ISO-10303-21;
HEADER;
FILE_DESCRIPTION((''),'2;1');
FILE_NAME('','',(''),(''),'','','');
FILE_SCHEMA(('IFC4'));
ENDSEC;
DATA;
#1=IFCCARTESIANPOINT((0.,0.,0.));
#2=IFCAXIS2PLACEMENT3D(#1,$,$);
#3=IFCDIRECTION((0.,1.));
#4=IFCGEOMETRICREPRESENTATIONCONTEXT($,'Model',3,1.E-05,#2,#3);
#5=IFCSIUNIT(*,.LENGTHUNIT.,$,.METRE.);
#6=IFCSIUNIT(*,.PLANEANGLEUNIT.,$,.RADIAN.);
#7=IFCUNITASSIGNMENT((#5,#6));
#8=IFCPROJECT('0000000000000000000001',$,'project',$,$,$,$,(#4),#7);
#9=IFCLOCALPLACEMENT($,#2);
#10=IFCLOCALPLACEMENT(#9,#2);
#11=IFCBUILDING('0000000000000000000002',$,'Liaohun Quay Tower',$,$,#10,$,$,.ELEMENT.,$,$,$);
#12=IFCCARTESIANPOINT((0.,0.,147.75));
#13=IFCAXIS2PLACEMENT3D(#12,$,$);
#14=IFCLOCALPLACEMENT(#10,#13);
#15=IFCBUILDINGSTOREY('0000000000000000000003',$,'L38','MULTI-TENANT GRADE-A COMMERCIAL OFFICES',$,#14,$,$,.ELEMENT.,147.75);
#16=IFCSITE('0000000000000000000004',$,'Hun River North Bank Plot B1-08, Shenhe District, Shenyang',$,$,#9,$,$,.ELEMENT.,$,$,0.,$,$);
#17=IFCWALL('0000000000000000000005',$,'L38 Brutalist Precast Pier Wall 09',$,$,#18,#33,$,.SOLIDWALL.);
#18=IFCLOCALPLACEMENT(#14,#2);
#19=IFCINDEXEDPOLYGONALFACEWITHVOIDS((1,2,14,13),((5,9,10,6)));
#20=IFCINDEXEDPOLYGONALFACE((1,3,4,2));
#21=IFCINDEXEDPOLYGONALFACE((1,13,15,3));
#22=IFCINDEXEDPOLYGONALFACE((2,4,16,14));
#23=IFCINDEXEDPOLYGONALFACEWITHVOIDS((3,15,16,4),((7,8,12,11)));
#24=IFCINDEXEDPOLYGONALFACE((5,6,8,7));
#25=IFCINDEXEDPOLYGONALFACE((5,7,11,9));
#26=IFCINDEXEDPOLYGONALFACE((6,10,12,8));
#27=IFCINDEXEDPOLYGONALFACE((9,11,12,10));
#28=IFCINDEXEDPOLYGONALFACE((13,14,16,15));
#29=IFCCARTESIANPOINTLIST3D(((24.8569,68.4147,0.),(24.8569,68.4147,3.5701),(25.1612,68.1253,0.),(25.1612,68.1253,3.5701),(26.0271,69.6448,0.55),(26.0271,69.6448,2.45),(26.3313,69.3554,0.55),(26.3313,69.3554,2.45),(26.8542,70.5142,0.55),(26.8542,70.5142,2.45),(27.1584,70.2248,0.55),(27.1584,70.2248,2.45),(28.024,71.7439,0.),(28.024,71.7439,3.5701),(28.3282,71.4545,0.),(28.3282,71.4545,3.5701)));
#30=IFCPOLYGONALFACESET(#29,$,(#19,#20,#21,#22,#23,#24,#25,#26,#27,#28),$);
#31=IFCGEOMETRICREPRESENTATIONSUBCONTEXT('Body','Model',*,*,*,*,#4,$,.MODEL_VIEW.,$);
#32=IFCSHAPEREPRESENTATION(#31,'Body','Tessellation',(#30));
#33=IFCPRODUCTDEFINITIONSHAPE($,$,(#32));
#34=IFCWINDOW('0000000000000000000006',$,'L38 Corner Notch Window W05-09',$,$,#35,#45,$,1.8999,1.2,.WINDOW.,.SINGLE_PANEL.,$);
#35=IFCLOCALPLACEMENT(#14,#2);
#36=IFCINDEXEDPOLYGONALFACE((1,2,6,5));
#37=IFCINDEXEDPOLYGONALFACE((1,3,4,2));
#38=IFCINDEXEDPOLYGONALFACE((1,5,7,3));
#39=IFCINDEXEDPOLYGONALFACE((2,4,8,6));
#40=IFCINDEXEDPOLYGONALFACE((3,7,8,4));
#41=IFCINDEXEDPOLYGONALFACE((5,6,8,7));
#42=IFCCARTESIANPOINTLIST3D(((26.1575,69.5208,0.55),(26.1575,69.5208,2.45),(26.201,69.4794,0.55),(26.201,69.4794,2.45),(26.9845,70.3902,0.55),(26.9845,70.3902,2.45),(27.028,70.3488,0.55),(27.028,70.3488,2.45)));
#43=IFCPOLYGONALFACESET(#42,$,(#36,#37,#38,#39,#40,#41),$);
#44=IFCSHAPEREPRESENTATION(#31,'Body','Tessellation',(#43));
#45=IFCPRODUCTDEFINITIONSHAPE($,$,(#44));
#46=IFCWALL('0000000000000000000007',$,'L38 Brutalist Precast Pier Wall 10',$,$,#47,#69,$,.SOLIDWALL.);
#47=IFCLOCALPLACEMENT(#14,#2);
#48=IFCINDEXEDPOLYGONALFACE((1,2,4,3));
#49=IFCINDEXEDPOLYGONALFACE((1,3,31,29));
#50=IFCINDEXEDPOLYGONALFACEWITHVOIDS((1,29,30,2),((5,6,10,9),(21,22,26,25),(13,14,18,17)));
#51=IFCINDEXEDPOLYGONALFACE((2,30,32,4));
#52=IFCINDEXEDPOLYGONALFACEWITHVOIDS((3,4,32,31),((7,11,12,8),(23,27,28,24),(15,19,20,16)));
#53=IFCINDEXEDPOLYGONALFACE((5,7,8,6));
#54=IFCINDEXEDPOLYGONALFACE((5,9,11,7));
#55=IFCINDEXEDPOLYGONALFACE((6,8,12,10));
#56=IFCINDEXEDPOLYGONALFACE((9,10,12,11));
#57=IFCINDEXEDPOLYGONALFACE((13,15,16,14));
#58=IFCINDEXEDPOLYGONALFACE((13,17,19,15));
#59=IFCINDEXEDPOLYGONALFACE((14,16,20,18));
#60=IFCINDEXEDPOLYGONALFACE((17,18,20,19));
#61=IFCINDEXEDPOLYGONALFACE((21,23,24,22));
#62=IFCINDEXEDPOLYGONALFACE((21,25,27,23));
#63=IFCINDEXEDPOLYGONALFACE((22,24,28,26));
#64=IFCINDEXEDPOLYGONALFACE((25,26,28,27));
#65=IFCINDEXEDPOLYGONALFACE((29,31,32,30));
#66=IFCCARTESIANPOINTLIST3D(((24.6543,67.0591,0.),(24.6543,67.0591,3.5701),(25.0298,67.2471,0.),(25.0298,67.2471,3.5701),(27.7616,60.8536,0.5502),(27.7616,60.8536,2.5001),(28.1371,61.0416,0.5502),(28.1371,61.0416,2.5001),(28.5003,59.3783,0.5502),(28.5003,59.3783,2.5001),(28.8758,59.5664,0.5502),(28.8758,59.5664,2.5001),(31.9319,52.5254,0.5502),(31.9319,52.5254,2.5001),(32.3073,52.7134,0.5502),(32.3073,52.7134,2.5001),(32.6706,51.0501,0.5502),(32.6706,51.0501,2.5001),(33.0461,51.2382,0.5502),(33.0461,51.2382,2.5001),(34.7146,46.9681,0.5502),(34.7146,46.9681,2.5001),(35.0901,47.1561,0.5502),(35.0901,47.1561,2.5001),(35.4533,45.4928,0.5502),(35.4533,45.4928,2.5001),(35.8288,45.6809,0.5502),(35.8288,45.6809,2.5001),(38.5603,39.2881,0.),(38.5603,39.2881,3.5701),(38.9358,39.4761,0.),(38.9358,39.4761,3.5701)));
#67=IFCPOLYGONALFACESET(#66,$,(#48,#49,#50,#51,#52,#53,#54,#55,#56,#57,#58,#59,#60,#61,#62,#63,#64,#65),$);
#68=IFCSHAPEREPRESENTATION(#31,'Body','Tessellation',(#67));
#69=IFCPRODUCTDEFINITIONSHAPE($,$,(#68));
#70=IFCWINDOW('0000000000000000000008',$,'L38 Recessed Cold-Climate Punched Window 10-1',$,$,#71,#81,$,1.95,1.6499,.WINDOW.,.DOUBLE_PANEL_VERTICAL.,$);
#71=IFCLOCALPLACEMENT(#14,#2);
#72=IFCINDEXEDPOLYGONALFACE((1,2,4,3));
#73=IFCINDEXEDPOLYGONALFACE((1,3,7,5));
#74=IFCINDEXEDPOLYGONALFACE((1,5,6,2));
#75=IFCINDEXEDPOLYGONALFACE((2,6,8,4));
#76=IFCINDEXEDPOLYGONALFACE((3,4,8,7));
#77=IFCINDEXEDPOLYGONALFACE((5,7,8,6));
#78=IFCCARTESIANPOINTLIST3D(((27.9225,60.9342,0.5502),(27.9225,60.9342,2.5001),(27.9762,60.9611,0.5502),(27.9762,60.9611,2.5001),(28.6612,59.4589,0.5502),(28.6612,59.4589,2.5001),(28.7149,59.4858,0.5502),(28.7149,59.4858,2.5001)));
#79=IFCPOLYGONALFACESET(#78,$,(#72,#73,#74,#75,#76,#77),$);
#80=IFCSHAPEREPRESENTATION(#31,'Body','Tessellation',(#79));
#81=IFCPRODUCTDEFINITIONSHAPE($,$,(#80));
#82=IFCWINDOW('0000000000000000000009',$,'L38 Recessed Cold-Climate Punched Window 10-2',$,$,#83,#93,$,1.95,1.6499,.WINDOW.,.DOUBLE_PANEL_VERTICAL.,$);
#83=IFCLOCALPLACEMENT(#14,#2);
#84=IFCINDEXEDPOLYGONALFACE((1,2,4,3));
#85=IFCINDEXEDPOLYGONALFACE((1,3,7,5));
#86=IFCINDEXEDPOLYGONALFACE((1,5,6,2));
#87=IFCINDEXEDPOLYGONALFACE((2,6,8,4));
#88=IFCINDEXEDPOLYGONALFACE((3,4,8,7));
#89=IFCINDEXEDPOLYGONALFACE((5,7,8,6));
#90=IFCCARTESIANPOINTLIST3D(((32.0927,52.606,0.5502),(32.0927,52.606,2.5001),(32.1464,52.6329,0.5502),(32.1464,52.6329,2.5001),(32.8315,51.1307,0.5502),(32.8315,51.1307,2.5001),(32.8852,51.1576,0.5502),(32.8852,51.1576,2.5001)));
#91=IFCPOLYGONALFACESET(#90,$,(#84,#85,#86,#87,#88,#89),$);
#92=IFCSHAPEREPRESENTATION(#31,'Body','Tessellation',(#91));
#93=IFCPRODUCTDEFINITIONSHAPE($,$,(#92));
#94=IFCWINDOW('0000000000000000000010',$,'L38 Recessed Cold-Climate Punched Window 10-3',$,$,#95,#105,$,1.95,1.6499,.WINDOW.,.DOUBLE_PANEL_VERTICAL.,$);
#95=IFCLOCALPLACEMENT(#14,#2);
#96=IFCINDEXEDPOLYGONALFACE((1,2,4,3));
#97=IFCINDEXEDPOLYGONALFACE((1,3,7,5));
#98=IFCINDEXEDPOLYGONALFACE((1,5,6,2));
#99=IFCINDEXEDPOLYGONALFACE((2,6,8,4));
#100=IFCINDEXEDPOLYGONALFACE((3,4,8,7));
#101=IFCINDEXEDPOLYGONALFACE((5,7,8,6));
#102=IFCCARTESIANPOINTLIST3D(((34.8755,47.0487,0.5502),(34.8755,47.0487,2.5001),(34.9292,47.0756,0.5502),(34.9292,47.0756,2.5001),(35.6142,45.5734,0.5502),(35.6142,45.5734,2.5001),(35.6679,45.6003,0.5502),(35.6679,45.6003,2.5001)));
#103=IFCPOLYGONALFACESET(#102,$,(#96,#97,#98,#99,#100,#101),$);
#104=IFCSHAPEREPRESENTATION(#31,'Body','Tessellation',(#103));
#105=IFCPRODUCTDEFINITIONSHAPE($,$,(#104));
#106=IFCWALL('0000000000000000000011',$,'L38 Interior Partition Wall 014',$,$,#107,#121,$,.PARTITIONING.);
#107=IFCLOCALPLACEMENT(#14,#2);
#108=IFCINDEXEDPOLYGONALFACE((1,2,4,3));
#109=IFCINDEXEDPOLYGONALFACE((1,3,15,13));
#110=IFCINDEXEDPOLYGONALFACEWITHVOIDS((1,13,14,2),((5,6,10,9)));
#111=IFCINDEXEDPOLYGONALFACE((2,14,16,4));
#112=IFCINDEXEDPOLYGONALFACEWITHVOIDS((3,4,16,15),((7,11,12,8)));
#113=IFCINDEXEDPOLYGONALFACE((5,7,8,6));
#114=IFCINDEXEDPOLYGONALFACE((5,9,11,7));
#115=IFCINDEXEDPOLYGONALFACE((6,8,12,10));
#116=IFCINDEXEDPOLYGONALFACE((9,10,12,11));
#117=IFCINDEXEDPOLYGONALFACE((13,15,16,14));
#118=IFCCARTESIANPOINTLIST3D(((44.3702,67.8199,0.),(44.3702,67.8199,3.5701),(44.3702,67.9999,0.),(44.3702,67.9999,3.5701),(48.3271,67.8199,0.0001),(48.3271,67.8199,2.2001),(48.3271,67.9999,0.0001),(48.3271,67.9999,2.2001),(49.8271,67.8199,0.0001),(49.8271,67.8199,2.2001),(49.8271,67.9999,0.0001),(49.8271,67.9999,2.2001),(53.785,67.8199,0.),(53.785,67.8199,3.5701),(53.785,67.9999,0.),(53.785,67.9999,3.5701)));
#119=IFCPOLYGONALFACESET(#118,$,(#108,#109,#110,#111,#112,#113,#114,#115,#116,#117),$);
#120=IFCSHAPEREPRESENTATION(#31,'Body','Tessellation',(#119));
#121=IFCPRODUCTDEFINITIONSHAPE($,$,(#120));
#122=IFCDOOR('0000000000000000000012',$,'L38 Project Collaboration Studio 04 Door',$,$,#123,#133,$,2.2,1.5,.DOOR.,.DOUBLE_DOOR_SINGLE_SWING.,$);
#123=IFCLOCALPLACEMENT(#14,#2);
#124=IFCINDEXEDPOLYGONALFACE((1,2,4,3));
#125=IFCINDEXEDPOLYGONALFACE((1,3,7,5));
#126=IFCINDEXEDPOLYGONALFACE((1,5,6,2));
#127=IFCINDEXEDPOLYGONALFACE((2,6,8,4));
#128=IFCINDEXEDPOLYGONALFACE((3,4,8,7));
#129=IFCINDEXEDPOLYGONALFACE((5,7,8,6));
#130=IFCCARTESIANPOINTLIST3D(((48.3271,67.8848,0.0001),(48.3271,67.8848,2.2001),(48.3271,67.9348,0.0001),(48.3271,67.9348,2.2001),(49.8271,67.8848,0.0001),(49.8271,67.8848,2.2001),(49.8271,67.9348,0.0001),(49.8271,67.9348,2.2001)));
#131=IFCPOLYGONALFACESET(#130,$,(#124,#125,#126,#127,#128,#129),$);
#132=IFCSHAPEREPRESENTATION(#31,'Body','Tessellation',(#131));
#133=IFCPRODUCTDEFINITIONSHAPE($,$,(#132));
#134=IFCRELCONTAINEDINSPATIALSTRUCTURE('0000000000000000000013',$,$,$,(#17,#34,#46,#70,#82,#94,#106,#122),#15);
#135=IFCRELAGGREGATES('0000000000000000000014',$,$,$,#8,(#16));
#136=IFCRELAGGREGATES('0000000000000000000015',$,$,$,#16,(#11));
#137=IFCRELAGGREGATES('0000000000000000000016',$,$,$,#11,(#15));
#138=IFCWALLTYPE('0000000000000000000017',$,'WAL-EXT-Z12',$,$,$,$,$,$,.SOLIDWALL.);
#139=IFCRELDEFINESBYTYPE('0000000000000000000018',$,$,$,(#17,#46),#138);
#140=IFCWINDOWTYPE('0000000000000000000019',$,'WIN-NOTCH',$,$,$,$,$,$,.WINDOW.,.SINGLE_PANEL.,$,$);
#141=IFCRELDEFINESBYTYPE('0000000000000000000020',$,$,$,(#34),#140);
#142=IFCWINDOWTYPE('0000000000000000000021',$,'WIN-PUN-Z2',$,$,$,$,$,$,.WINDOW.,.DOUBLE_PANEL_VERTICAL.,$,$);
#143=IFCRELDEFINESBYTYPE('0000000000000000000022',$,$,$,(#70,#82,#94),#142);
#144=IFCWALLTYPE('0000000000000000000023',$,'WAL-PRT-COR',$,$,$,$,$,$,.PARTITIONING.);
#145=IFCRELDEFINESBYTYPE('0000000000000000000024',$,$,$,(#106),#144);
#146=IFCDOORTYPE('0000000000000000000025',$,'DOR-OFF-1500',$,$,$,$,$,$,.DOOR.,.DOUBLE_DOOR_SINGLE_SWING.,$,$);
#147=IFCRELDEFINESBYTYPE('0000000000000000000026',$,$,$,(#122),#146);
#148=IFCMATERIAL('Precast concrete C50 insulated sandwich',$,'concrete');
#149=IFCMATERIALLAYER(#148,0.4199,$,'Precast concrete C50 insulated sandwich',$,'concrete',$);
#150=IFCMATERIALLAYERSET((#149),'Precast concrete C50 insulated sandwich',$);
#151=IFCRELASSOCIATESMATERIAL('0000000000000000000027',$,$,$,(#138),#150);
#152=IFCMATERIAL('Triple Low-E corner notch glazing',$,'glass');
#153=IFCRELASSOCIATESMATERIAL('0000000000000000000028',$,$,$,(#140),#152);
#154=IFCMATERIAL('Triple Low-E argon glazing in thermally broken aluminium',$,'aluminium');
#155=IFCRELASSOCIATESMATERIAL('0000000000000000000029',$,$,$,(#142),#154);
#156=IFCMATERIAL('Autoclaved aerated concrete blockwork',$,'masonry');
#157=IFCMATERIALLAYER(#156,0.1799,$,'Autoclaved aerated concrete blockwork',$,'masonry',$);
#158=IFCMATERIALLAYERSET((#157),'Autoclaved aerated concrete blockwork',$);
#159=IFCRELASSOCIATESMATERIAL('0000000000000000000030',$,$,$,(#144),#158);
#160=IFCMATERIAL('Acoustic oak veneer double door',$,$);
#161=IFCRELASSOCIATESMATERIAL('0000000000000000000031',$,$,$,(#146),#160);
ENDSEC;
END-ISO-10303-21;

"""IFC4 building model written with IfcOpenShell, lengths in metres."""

from ifc_helpers import new_model, si_unit, direction, frame, frame_2d, origin, place, context, subcontext, project, spatial, rectangle, extrude, source, transform, mapped, material, layer, layer_set, type_object, element, fill, save


model = new_model("IFC4")

# Units and contexts
model_context = context("Model", 3, precision=1e-05, world=origin(), true_north=direction((0.0, 1.0)))
body_context = subcontext(model_context, "Body", "Model", "MODEL_VIEW")
ifc_project = project(units=[si_unit("LENGTHUNIT", "METRE"), si_unit("PLANEANGLEUNIT", "RADIAN")], contexts=[model_context])

# Site, building, storey
site_placement = place(None, origin())
site = spatial("IfcSite", under=ifc_project, at=site_placement, Name="Hun River North Bank Plot B1-08, Shenhe District, Shenyang", CompositionType="ELEMENT", RefElevation=0.0)
building_placement = place(site_placement, origin())
building = spatial("IfcBuilding", under=site, at=building_placement, Name="Liaohun Quay Tower", CompositionType="ELEMENT")
storey_placement = place(building_placement, frame((0.0, 0.0, 147.75)))
storey = spatial("IfcBuildingStorey", under=building, at=storey_placement, Name="L38", Description="MULTI-TENANT GRADE-A COMMERCIAL OFFICES", CompositionType="ELEMENT", Elevation=147.75)

# Wall, opening, window
ifc_material_1 = material(Name="Precast concrete C50 insulated sandwich", Category="concrete")
ifc_layer_1 = layer(ifc_material_1, 0.4199, Name="Precast concrete C50 insulated sandwich", Category="concrete")
ifc_layer_set_1 = layer_set([ifc_layer_1], Name="Precast concrete C50 insulated sandwich")
wall_type_1 = type_object("IfcWallType", Name="WAL-EXT-Z12", PredefinedType="SOLIDWALL", material=ifc_layer_set_1)
shared_shape_1 = source(origin(), body_context, "Body", "SweptSolid", [
    extrude(rectangle(XDim=1.2, YDim=1.8999, at=frame_2d((0.6001, 0.95))), frame((0.0, 0.22, 0.0), z_axis=(0.0, -1.0, 0.0), x_axis=(1.0, 0.0, 0.0)), (0.0, 0.0, 1.0), 0.4399),
])
ifc_material_2 = material(Name="Triple Low-E corner notch glazing", Category="glass")
window_type_1 = type_object("IfcWindowType", Name="WIN-NOTCH", PartitioningType="SINGLE_PANEL", PredefinedType="WINDOW", material=ifc_material_2)
shared_shape_2 = source(origin(), body_context, "Body", "SweptSolid", [
    extrude(rectangle(XDim=1.2, YDim=1.8999, at=frame_2d((0.6001, 0.95))), frame((0.0, 0.03, 0.0), z_axis=(0.0, -1.0, 0.0), x_axis=(1.0, 0.0, 0.0)), (0.0, 0.0, 1.0), 0.0601),
])
wall_1_placement = place(storey_placement, frame((28.176, 71.5991, 0.0), z_axis=(0.0, 0.0, 1.0), x_axis=(-0.689246, -0.724527, 0.0)))
wall_1 = element("IfcWall", 1, at=wall_1_placement, inside=storey, type_object=wall_type_1, Name="L38 Brutalist Precast Pier Wall 09", PredefinedType="SOLIDWALL", context=body_context, shape_type="SweptSolid", body=[
    extrude(rectangle(XDim=4.595, YDim=0.4199, at=frame_2d((2.2974, 0.0))), origin(), (0.0, 0.0, 1.0), 3.5701),
])
opening_1_placement = place(wall_1_placement, frame((1.697, 0.0, 0.55)))
opening_1 = element("IfcOpeningElement", 2, at=opening_1_placement, cuts=wall_1, PredefinedType="OPENING", context=body_context, shape_type="MappedRepresentation", body=[
    mapped(shared_shape_1, transform((0.0, 0.0, 0.0), x_axis=(1.0, 0.0, 0.0), y_axis=(0.0, 1.0, 0.0), z_axis=(0.0, 0.0, 1.0), scale=1.0)),
])
window_1_placement = place(opening_1_placement, origin())
window_1 = element("IfcWindow", 3, at=window_1_placement, inside=storey, type_object=window_type_1, Name="L38 Corner Notch Window W05-09", OverallHeight=1.8999, OverallWidth=1.2, PartitioningType="SINGLE_PANEL", PredefinedType="WINDOW", context=body_context, shape_type="MappedRepresentation", body=[
    mapped(shared_shape_2, transform((0.0, 0.0, 0.0), x_axis=(1.0, 0.0, 0.0), y_axis=(0.0, 1.0, 0.0), z_axis=(0.0, 0.0, 1.0), scale=1.0)),
])
fill(opening_1, window_1)

# Wall, openings, windows
wall_2_placement = place(storey_placement, frame((24.842, 67.1531, 0.0), z_axis=(0.0, 0.0, 1.0), x_axis=(0.447742, -0.894163, 0.0)))
wall_2 = element("IfcWall", 4, at=wall_2_placement, inside=storey, type_object=wall_type_1, Name="L38 Brutalist Precast Pier Wall 10", PredefinedType="SOLIDWALL", context=body_context, shape_type="SweptSolid", body=[
    extrude(rectangle(XDim=31.0581, YDim=0.4199, at=frame_2d((15.5291, 0.0))), origin(), (0.0, 0.0, 1.0), 3.5701),
])
shared_shape_3 = source(origin(), body_context, "Body", "SweptSolid", [
    extrude(rectangle(XDim=1.6499, YDim=1.95, at=frame_2d((0.825, 0.9751))), frame((0.0, 0.22, 0.0), z_axis=(0.0, -1.0, 0.0), x_axis=(1.0, 0.0, 0.0)), (0.0, 0.0, 1.0), 0.4399),
])
opening_2_placement = place(wall_2_placement, frame((6.9399, 0.0, 0.55)))
opening_2 = element("IfcOpeningElement", 5, at=opening_2_placement, cuts=wall_2, PredefinedType="OPENING", context=body_context, shape_type="MappedRepresentation", body=[
    mapped(shared_shape_3, transform((0.0, 0.0, 0.0), x_axis=(1.0, 0.0, 0.0), y_axis=(0.0, 1.0, 0.0), z_axis=(0.0, 0.0, 1.0), scale=1.0)),
])
opening_3_placement = place(wall_2_placement, frame((16.2539, 0.0, 0.55)))
opening_3 = element("IfcOpeningElement", 6, at=opening_3_placement, cuts=wall_2, PredefinedType="OPENING", context=body_context, shape_type="MappedRepresentation", body=[
    mapped(shared_shape_3, transform((0.0, 0.0, 0.0), x_axis=(1.0, 0.0, 0.0), y_axis=(0.0, 1.0, 0.0), z_axis=(0.0, 0.0, 1.0), scale=1.0)),
])
opening_4_placement = place(wall_2_placement, frame((22.469, 0.0, 0.55)))
opening_4 = element("IfcOpeningElement", 7, at=opening_4_placement, cuts=wall_2, PredefinedType="OPENING", context=body_context, shape_type="MappedRepresentation", body=[
    mapped(shared_shape_3, transform((0.0, 0.0, 0.0), x_axis=(1.0, 0.0, 0.0), y_axis=(0.0, 1.0, 0.0), z_axis=(0.0, 0.0, 1.0), scale=1.0)),
])
ifc_material_3 = material(Name="Triple Low-E argon glazing in thermally broken aluminium", Category="aluminium")
window_type_2 = type_object("IfcWindowType", Name="WIN-PUN-Z2", PartitioningType="DOUBLE_PANEL_VERTICAL", PredefinedType="WINDOW", material=ifc_material_3)
shared_shape_4 = source(origin(), body_context, "Body", "SweptSolid", [
    extrude(rectangle(XDim=1.6499, YDim=1.95, at=frame_2d((0.825, 0.9751))), frame((0.0, 0.03, 0.0), z_axis=(0.0, -1.0, 0.0), x_axis=(1.0, 0.0, 0.0)), (0.0, 0.0, 1.0), 0.0601),
])
window_2_placement = place(opening_2_placement, origin())
window_2 = element("IfcWindow", 8, at=window_2_placement, inside=storey, type_object=window_type_2, Name="L38 Recessed Cold-Climate Punched Window 10-1", OverallHeight=1.95, OverallWidth=1.6499, PartitioningType="DOUBLE_PANEL_VERTICAL", PredefinedType="WINDOW", context=body_context, shape_type="MappedRepresentation", body=[
    mapped(shared_shape_4, transform((0.0, 0.0, 0.0), x_axis=(1.0, 0.0, 0.0), y_axis=(0.0, 1.0, 0.0), z_axis=(0.0, 0.0, 1.0), scale=1.0)),
])
fill(opening_2, window_2)
window_3_placement = place(opening_3_placement, origin())
window_3 = element("IfcWindow", 9, at=window_3_placement, inside=storey, type_object=window_type_2, Name="L38 Recessed Cold-Climate Punched Window 10-2", OverallHeight=1.95, OverallWidth=1.6499, PartitioningType="DOUBLE_PANEL_VERTICAL", PredefinedType="WINDOW", context=body_context, shape_type="MappedRepresentation", body=[
    mapped(shared_shape_4, transform((0.0, 0.0, 0.0), x_axis=(1.0, 0.0, 0.0), y_axis=(0.0, 1.0, 0.0), z_axis=(0.0, 0.0, 1.0), scale=1.0)),
])
fill(opening_3, window_3)
window_4_placement = place(opening_4_placement, origin())
window_4 = element("IfcWindow", 10, at=window_4_placement, inside=storey, type_object=window_type_2, Name="L38 Recessed Cold-Climate Punched Window 10-3", OverallHeight=1.95, OverallWidth=1.6499, PartitioningType="DOUBLE_PANEL_VERTICAL", PredefinedType="WINDOW", context=body_context, shape_type="MappedRepresentation", body=[
    mapped(shared_shape_4, transform((0.0, 0.0, 0.0), x_axis=(1.0, 0.0, 0.0), y_axis=(0.0, 1.0, 0.0), z_axis=(0.0, 0.0, 1.0), scale=1.0)),
])
fill(opening_4, window_4)

# Wall, opening, door
ifc_material_4 = material(Name="Autoclaved aerated concrete blockwork", Category="masonry")
ifc_layer_2 = layer(ifc_material_4, 0.1799, Name="Autoclaved aerated concrete blockwork", Category="masonry")
ifc_layer_set_2 = layer_set([ifc_layer_2], Name="Autoclaved aerated concrete blockwork")
wall_type_2 = type_object("IfcWallType", Name="WAL-PRT-COR", PredefinedType="PARTITIONING", material=ifc_layer_set_2)
wall_3_placement = place(storey_placement, frame((44.3701, 67.9099, 0.0), z_axis=(0.0, 0.0, 1.0), x_axis=(1.0, 0.0, 0.0)))
wall_3 = element("IfcWall", 11, at=wall_3_placement, inside=storey, type_object=wall_type_2, Name="L38 Interior Partition Wall 014", PredefinedType="PARTITIONING", context=body_context, shape_type="SweptSolid", body=[
    extrude(rectangle(XDim=9.4148, YDim=0.1799, at=frame_2d((4.7075, 0.0))), origin(), (0.0, 0.0, 1.0), 3.5701),
])
shared_shape_5 = source(origin(), body_context, "Body", "SweptSolid", [
    extrude(rectangle(XDim=1.5, YDim=2.2, at=frame_2d((0.75, 1.1001))), frame((0.0, 0.0999, 0.0), z_axis=(0.0, -1.0, 0.0), x_axis=(1.0, 0.0, 0.0)), (0.0, 0.0, 1.0), 0.2),
])
opening_5_placement = place(wall_3_placement, frame((3.957, 0.0, 0.0)))
opening_5 = element("IfcOpeningElement", 12, at=opening_5_placement, cuts=wall_3, PredefinedType="OPENING", context=body_context, shape_type="MappedRepresentation", body=[
    mapped(shared_shape_5, transform((0.0, 0.0, 0.0), x_axis=(1.0, 0.0, 0.0), y_axis=(0.0, 1.0, 0.0), z_axis=(0.0, 0.0, 1.0), scale=1.0)),
])
ifc_material_5 = material(Name="Acoustic oak veneer double door")
door_type = type_object("IfcDoorType", Name="DOR-OFF-1500", OperationType="DOUBLE_DOOR_SINGLE_SWING", PredefinedType="DOOR", material=ifc_material_5)
shared_shape_6 = source(origin(), body_context, "Body", "SweptSolid", [
    extrude(rectangle(XDim=1.5, YDim=2.2, at=frame_2d((0.75, 1.1001))), frame((0.0, 0.0249, 0.0), z_axis=(0.0, -1.0, 0.0), x_axis=(1.0, 0.0, 0.0)), (0.0, 0.0, 1.0), 0.05),
])
door_1_placement = place(opening_5_placement, origin())
door_1 = element("IfcDoor", 13, at=door_1_placement, inside=storey, type_object=door_type, Name="L38 Project Collaboration Studio 04 Door", OperationType="DOUBLE_DOOR_SINGLE_SWING", OverallHeight=2.2, OverallWidth=1.5, PredefinedType="DOOR", context=body_context, shape_type="MappedRepresentation", body=[
    mapped(shared_shape_6, transform((0.0, 0.0, 0.0), x_axis=(1.0, 0.0, 0.0), y_axis=(0.0, 1.0, 0.0), z_axis=(0.0, 0.0, 1.0), scale=1.0)),
])
fill(opening_5, door_1)

save(model, "model.ifc")
